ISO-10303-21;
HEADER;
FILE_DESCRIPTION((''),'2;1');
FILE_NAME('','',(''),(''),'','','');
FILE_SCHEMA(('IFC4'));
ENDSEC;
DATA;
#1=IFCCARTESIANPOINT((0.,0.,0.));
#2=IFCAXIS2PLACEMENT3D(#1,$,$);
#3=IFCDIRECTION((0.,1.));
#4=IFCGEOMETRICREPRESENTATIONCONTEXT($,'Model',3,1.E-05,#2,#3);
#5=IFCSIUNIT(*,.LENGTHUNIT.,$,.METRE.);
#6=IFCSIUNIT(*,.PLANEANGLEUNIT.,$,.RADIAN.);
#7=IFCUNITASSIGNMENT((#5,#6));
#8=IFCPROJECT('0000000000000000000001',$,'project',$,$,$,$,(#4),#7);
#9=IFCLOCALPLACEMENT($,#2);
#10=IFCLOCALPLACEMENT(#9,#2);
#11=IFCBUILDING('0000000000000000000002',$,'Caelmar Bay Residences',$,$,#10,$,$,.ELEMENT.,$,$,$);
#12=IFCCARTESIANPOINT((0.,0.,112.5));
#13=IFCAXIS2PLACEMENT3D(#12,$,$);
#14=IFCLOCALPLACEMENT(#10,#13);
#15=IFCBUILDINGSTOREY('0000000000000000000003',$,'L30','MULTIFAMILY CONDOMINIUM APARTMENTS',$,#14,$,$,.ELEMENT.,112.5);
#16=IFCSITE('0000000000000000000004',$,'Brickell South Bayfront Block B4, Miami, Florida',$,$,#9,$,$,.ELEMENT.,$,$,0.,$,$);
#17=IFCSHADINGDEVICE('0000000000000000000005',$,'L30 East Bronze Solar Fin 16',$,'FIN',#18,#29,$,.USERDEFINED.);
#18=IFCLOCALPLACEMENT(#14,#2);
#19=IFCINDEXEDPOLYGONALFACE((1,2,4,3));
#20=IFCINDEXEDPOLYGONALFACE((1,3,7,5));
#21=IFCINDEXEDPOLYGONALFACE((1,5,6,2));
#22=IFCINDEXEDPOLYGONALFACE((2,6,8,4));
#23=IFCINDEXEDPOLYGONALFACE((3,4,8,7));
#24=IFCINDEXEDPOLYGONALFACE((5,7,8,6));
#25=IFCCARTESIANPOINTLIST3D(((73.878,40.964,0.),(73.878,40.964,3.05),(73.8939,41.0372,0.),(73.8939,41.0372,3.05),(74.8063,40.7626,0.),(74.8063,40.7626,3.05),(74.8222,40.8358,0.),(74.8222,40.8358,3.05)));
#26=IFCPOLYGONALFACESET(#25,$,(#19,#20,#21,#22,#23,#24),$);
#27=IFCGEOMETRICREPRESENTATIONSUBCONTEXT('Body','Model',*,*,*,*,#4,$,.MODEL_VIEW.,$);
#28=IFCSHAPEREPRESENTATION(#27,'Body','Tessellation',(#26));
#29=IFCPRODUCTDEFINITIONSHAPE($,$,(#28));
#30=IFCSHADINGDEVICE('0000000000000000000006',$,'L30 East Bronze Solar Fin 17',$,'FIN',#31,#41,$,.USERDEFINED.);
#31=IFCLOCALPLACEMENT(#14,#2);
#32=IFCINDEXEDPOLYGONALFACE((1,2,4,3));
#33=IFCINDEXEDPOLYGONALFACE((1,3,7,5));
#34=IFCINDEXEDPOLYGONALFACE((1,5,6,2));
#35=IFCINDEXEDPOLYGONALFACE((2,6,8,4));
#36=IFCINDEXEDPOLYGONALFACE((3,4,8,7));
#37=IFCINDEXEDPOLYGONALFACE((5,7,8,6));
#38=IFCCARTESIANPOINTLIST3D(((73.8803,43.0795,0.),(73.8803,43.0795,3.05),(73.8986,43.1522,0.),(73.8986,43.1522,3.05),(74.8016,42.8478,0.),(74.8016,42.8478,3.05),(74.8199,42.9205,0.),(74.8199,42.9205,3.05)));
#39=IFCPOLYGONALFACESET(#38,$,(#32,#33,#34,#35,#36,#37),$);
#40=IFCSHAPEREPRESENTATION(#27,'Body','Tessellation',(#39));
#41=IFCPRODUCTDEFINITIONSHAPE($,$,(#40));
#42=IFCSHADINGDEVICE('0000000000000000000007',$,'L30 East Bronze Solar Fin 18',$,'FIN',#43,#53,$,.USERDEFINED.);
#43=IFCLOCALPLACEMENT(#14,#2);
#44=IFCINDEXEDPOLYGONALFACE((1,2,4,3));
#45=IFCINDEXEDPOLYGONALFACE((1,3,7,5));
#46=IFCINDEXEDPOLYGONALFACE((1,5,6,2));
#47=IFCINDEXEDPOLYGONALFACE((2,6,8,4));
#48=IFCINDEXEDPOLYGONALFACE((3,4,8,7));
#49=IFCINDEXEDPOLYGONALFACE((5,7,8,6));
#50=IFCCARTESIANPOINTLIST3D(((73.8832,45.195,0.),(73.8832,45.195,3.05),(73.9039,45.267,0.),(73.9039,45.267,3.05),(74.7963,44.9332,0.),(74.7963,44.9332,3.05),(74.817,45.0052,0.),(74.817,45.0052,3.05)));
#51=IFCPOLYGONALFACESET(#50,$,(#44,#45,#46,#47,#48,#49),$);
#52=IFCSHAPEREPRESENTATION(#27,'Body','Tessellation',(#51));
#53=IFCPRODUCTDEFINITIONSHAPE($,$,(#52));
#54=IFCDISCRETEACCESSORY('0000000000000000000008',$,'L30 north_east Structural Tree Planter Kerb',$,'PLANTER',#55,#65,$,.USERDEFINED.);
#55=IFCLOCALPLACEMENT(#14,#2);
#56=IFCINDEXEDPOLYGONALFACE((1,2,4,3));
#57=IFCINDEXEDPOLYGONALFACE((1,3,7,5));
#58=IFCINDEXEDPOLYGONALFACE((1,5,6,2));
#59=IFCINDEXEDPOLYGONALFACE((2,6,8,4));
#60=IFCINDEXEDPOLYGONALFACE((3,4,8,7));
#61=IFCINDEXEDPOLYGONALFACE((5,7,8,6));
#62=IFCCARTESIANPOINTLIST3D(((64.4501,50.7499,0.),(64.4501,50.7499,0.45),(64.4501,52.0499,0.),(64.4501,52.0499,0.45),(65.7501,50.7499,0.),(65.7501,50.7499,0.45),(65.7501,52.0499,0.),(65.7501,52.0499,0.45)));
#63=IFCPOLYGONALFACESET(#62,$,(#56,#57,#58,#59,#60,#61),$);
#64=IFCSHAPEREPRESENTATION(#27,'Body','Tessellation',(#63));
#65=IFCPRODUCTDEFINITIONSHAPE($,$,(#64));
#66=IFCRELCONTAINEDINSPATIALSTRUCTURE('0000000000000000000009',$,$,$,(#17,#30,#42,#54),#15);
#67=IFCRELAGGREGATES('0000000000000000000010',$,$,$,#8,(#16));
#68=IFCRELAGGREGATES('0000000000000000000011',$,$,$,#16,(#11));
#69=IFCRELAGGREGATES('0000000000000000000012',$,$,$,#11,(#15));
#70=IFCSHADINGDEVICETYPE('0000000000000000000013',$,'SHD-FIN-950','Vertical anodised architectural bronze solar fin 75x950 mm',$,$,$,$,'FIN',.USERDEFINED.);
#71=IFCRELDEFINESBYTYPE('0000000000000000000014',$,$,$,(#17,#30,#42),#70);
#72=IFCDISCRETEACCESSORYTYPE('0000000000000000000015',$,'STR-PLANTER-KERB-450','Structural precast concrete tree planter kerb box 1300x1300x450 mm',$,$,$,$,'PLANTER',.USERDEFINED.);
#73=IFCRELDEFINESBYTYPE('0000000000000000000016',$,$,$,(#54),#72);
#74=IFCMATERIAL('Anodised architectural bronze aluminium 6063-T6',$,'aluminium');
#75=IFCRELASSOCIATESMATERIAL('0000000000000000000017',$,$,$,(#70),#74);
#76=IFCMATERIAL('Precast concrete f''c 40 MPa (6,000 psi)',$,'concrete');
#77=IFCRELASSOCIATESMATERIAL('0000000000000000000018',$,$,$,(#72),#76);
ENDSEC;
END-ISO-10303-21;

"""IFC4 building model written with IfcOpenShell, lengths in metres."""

from ifc_helpers import new_model, si_unit, direction, frame, origin, origin_2d, place, context, subcontext, project, spatial, rectangle, extrude, material, material_profile, profile_set, type_object, element, save


model = new_model("IFC4")

# Units and contexts
model_context = context("Model", 3, precision=1e-05, world=origin(), true_north=direction((0.0, 1.0)))
body_context = subcontext(model_context, "Body", "Model", "MODEL_VIEW")
ifc_project = project(units=[si_unit("LENGTHUNIT", "METRE"), si_unit("PLANEANGLEUNIT", "RADIAN")], contexts=[model_context])

# Site, building, storey
site_placement = place(None, origin())
site = spatial("IfcSite", under=ifc_project, at=site_placement, Name="Brickell South Bayfront Block B4, Miami, Florida", CompositionType="ELEMENT", RefElevation=0.0)
building_placement = place(site_placement, origin())
building = spatial("IfcBuilding", under=site, at=building_placement, Name="Caelmar Bay Residences", CompositionType="ELEMENT")
storey_placement = place(building_placement, frame((0.0, 0.0, 112.5)))
storey = spatial("IfcBuildingStorey", under=building, at=storey_placement, Name="L30", Description="MULTIFAMILY CONDOMINIUM APARTMENTS", CompositionType="ELEMENT", Elevation=112.5)

# Shared definitions
ifc_material_1 = material(Name="Precast concrete f'c 40 MPa (6,000 psi)", Category="concrete")

# Shading devices
ifc_material_2 = material(Name="Anodised architectural bronze aluminium 6063-T6", Category="aluminium")
ifc_material_profile_1 = material_profile(ifc_material_2, rectangle(XDim=0.075, YDim=0.95, at=origin_2d()), Name="BRONZE-FIN-75X950")
ifc_profile_set_1 = profile_set([ifc_material_profile_1], Name="Anodised architectural bronze aluminium 6063-T6")
shading_device_type = type_object("IfcShadingDeviceType", Name="SHD-FIN-950", Description="Vertical anodised architectural bronze solar fin 75x950 mm", ElementType="FIN", PredefinedType="USERDEFINED", material=ifc_profile_set_1)
for number, where, z_axis, x_axis, name in (
    (1, (74.3501, 40.8999, 0.0), (0.0, 0.0, 1.0), (0.212007, 0.977268, 0.0), "L30 East Bronze Solar Fin 16"),
    (2, (74.3501, 43.0, 0.0), (0.0, 0.0, 1.0), (0.243954, 0.969787, 0.0), "L30 East Bronze Solar Fin 17"),
    (3, (74.3501, 45.1001, 0.0), (0.0, 0.0, 1.0), (0.275637, 0.961262, 0.0), "L30 East Bronze Solar Fin 18"),
):
    element("IfcShadingDevice", number, at=place(storey_placement, frame(where, z_axis=z_axis, x_axis=x_axis)), inside=storey, type_object=shading_device_type, Name=name, ObjectType="FIN", PredefinedType="USERDEFINED", context=body_context, shape_type="SweptSolid", body=[
        extrude(rectangle(XDim=0.075, YDim=0.95, at=origin_2d()), origin(), (0.0, 0.0, 1.0), 3.05),
    ])

# Discrete accessory
discrete_accessory_type = type_object("IfcDiscreteAccessoryType", Name="STR-PLANTER-KERB-450", Description="Structural precast concrete tree planter kerb box 1300x1300x450 mm", ElementType="PLANTER", PredefinedType="USERDEFINED", material=ifc_material_1)
discrete_accessory_placement = place(storey_placement, frame((65.1001, 51.3999, 0.0), z_axis=(0.0, 0.0, 1.0), x_axis=(1.0, 0.0, 0.0)))
element("IfcDiscreteAccessory", 4, at=discrete_accessory_placement, inside=storey, type_object=discrete_accessory_type, Name="L30 north_east Structural Tree Planter Kerb", ObjectType="PLANTER", PredefinedType="USERDEFINED", context=body_context, shape_type="SweptSolid", body=[
    extrude(rectangle(XDim=1.3, YDim=1.3, at=origin_2d()), origin(), (0.0, 0.0, 1.0), 0.45),
])

save(model, "model.ifc")
